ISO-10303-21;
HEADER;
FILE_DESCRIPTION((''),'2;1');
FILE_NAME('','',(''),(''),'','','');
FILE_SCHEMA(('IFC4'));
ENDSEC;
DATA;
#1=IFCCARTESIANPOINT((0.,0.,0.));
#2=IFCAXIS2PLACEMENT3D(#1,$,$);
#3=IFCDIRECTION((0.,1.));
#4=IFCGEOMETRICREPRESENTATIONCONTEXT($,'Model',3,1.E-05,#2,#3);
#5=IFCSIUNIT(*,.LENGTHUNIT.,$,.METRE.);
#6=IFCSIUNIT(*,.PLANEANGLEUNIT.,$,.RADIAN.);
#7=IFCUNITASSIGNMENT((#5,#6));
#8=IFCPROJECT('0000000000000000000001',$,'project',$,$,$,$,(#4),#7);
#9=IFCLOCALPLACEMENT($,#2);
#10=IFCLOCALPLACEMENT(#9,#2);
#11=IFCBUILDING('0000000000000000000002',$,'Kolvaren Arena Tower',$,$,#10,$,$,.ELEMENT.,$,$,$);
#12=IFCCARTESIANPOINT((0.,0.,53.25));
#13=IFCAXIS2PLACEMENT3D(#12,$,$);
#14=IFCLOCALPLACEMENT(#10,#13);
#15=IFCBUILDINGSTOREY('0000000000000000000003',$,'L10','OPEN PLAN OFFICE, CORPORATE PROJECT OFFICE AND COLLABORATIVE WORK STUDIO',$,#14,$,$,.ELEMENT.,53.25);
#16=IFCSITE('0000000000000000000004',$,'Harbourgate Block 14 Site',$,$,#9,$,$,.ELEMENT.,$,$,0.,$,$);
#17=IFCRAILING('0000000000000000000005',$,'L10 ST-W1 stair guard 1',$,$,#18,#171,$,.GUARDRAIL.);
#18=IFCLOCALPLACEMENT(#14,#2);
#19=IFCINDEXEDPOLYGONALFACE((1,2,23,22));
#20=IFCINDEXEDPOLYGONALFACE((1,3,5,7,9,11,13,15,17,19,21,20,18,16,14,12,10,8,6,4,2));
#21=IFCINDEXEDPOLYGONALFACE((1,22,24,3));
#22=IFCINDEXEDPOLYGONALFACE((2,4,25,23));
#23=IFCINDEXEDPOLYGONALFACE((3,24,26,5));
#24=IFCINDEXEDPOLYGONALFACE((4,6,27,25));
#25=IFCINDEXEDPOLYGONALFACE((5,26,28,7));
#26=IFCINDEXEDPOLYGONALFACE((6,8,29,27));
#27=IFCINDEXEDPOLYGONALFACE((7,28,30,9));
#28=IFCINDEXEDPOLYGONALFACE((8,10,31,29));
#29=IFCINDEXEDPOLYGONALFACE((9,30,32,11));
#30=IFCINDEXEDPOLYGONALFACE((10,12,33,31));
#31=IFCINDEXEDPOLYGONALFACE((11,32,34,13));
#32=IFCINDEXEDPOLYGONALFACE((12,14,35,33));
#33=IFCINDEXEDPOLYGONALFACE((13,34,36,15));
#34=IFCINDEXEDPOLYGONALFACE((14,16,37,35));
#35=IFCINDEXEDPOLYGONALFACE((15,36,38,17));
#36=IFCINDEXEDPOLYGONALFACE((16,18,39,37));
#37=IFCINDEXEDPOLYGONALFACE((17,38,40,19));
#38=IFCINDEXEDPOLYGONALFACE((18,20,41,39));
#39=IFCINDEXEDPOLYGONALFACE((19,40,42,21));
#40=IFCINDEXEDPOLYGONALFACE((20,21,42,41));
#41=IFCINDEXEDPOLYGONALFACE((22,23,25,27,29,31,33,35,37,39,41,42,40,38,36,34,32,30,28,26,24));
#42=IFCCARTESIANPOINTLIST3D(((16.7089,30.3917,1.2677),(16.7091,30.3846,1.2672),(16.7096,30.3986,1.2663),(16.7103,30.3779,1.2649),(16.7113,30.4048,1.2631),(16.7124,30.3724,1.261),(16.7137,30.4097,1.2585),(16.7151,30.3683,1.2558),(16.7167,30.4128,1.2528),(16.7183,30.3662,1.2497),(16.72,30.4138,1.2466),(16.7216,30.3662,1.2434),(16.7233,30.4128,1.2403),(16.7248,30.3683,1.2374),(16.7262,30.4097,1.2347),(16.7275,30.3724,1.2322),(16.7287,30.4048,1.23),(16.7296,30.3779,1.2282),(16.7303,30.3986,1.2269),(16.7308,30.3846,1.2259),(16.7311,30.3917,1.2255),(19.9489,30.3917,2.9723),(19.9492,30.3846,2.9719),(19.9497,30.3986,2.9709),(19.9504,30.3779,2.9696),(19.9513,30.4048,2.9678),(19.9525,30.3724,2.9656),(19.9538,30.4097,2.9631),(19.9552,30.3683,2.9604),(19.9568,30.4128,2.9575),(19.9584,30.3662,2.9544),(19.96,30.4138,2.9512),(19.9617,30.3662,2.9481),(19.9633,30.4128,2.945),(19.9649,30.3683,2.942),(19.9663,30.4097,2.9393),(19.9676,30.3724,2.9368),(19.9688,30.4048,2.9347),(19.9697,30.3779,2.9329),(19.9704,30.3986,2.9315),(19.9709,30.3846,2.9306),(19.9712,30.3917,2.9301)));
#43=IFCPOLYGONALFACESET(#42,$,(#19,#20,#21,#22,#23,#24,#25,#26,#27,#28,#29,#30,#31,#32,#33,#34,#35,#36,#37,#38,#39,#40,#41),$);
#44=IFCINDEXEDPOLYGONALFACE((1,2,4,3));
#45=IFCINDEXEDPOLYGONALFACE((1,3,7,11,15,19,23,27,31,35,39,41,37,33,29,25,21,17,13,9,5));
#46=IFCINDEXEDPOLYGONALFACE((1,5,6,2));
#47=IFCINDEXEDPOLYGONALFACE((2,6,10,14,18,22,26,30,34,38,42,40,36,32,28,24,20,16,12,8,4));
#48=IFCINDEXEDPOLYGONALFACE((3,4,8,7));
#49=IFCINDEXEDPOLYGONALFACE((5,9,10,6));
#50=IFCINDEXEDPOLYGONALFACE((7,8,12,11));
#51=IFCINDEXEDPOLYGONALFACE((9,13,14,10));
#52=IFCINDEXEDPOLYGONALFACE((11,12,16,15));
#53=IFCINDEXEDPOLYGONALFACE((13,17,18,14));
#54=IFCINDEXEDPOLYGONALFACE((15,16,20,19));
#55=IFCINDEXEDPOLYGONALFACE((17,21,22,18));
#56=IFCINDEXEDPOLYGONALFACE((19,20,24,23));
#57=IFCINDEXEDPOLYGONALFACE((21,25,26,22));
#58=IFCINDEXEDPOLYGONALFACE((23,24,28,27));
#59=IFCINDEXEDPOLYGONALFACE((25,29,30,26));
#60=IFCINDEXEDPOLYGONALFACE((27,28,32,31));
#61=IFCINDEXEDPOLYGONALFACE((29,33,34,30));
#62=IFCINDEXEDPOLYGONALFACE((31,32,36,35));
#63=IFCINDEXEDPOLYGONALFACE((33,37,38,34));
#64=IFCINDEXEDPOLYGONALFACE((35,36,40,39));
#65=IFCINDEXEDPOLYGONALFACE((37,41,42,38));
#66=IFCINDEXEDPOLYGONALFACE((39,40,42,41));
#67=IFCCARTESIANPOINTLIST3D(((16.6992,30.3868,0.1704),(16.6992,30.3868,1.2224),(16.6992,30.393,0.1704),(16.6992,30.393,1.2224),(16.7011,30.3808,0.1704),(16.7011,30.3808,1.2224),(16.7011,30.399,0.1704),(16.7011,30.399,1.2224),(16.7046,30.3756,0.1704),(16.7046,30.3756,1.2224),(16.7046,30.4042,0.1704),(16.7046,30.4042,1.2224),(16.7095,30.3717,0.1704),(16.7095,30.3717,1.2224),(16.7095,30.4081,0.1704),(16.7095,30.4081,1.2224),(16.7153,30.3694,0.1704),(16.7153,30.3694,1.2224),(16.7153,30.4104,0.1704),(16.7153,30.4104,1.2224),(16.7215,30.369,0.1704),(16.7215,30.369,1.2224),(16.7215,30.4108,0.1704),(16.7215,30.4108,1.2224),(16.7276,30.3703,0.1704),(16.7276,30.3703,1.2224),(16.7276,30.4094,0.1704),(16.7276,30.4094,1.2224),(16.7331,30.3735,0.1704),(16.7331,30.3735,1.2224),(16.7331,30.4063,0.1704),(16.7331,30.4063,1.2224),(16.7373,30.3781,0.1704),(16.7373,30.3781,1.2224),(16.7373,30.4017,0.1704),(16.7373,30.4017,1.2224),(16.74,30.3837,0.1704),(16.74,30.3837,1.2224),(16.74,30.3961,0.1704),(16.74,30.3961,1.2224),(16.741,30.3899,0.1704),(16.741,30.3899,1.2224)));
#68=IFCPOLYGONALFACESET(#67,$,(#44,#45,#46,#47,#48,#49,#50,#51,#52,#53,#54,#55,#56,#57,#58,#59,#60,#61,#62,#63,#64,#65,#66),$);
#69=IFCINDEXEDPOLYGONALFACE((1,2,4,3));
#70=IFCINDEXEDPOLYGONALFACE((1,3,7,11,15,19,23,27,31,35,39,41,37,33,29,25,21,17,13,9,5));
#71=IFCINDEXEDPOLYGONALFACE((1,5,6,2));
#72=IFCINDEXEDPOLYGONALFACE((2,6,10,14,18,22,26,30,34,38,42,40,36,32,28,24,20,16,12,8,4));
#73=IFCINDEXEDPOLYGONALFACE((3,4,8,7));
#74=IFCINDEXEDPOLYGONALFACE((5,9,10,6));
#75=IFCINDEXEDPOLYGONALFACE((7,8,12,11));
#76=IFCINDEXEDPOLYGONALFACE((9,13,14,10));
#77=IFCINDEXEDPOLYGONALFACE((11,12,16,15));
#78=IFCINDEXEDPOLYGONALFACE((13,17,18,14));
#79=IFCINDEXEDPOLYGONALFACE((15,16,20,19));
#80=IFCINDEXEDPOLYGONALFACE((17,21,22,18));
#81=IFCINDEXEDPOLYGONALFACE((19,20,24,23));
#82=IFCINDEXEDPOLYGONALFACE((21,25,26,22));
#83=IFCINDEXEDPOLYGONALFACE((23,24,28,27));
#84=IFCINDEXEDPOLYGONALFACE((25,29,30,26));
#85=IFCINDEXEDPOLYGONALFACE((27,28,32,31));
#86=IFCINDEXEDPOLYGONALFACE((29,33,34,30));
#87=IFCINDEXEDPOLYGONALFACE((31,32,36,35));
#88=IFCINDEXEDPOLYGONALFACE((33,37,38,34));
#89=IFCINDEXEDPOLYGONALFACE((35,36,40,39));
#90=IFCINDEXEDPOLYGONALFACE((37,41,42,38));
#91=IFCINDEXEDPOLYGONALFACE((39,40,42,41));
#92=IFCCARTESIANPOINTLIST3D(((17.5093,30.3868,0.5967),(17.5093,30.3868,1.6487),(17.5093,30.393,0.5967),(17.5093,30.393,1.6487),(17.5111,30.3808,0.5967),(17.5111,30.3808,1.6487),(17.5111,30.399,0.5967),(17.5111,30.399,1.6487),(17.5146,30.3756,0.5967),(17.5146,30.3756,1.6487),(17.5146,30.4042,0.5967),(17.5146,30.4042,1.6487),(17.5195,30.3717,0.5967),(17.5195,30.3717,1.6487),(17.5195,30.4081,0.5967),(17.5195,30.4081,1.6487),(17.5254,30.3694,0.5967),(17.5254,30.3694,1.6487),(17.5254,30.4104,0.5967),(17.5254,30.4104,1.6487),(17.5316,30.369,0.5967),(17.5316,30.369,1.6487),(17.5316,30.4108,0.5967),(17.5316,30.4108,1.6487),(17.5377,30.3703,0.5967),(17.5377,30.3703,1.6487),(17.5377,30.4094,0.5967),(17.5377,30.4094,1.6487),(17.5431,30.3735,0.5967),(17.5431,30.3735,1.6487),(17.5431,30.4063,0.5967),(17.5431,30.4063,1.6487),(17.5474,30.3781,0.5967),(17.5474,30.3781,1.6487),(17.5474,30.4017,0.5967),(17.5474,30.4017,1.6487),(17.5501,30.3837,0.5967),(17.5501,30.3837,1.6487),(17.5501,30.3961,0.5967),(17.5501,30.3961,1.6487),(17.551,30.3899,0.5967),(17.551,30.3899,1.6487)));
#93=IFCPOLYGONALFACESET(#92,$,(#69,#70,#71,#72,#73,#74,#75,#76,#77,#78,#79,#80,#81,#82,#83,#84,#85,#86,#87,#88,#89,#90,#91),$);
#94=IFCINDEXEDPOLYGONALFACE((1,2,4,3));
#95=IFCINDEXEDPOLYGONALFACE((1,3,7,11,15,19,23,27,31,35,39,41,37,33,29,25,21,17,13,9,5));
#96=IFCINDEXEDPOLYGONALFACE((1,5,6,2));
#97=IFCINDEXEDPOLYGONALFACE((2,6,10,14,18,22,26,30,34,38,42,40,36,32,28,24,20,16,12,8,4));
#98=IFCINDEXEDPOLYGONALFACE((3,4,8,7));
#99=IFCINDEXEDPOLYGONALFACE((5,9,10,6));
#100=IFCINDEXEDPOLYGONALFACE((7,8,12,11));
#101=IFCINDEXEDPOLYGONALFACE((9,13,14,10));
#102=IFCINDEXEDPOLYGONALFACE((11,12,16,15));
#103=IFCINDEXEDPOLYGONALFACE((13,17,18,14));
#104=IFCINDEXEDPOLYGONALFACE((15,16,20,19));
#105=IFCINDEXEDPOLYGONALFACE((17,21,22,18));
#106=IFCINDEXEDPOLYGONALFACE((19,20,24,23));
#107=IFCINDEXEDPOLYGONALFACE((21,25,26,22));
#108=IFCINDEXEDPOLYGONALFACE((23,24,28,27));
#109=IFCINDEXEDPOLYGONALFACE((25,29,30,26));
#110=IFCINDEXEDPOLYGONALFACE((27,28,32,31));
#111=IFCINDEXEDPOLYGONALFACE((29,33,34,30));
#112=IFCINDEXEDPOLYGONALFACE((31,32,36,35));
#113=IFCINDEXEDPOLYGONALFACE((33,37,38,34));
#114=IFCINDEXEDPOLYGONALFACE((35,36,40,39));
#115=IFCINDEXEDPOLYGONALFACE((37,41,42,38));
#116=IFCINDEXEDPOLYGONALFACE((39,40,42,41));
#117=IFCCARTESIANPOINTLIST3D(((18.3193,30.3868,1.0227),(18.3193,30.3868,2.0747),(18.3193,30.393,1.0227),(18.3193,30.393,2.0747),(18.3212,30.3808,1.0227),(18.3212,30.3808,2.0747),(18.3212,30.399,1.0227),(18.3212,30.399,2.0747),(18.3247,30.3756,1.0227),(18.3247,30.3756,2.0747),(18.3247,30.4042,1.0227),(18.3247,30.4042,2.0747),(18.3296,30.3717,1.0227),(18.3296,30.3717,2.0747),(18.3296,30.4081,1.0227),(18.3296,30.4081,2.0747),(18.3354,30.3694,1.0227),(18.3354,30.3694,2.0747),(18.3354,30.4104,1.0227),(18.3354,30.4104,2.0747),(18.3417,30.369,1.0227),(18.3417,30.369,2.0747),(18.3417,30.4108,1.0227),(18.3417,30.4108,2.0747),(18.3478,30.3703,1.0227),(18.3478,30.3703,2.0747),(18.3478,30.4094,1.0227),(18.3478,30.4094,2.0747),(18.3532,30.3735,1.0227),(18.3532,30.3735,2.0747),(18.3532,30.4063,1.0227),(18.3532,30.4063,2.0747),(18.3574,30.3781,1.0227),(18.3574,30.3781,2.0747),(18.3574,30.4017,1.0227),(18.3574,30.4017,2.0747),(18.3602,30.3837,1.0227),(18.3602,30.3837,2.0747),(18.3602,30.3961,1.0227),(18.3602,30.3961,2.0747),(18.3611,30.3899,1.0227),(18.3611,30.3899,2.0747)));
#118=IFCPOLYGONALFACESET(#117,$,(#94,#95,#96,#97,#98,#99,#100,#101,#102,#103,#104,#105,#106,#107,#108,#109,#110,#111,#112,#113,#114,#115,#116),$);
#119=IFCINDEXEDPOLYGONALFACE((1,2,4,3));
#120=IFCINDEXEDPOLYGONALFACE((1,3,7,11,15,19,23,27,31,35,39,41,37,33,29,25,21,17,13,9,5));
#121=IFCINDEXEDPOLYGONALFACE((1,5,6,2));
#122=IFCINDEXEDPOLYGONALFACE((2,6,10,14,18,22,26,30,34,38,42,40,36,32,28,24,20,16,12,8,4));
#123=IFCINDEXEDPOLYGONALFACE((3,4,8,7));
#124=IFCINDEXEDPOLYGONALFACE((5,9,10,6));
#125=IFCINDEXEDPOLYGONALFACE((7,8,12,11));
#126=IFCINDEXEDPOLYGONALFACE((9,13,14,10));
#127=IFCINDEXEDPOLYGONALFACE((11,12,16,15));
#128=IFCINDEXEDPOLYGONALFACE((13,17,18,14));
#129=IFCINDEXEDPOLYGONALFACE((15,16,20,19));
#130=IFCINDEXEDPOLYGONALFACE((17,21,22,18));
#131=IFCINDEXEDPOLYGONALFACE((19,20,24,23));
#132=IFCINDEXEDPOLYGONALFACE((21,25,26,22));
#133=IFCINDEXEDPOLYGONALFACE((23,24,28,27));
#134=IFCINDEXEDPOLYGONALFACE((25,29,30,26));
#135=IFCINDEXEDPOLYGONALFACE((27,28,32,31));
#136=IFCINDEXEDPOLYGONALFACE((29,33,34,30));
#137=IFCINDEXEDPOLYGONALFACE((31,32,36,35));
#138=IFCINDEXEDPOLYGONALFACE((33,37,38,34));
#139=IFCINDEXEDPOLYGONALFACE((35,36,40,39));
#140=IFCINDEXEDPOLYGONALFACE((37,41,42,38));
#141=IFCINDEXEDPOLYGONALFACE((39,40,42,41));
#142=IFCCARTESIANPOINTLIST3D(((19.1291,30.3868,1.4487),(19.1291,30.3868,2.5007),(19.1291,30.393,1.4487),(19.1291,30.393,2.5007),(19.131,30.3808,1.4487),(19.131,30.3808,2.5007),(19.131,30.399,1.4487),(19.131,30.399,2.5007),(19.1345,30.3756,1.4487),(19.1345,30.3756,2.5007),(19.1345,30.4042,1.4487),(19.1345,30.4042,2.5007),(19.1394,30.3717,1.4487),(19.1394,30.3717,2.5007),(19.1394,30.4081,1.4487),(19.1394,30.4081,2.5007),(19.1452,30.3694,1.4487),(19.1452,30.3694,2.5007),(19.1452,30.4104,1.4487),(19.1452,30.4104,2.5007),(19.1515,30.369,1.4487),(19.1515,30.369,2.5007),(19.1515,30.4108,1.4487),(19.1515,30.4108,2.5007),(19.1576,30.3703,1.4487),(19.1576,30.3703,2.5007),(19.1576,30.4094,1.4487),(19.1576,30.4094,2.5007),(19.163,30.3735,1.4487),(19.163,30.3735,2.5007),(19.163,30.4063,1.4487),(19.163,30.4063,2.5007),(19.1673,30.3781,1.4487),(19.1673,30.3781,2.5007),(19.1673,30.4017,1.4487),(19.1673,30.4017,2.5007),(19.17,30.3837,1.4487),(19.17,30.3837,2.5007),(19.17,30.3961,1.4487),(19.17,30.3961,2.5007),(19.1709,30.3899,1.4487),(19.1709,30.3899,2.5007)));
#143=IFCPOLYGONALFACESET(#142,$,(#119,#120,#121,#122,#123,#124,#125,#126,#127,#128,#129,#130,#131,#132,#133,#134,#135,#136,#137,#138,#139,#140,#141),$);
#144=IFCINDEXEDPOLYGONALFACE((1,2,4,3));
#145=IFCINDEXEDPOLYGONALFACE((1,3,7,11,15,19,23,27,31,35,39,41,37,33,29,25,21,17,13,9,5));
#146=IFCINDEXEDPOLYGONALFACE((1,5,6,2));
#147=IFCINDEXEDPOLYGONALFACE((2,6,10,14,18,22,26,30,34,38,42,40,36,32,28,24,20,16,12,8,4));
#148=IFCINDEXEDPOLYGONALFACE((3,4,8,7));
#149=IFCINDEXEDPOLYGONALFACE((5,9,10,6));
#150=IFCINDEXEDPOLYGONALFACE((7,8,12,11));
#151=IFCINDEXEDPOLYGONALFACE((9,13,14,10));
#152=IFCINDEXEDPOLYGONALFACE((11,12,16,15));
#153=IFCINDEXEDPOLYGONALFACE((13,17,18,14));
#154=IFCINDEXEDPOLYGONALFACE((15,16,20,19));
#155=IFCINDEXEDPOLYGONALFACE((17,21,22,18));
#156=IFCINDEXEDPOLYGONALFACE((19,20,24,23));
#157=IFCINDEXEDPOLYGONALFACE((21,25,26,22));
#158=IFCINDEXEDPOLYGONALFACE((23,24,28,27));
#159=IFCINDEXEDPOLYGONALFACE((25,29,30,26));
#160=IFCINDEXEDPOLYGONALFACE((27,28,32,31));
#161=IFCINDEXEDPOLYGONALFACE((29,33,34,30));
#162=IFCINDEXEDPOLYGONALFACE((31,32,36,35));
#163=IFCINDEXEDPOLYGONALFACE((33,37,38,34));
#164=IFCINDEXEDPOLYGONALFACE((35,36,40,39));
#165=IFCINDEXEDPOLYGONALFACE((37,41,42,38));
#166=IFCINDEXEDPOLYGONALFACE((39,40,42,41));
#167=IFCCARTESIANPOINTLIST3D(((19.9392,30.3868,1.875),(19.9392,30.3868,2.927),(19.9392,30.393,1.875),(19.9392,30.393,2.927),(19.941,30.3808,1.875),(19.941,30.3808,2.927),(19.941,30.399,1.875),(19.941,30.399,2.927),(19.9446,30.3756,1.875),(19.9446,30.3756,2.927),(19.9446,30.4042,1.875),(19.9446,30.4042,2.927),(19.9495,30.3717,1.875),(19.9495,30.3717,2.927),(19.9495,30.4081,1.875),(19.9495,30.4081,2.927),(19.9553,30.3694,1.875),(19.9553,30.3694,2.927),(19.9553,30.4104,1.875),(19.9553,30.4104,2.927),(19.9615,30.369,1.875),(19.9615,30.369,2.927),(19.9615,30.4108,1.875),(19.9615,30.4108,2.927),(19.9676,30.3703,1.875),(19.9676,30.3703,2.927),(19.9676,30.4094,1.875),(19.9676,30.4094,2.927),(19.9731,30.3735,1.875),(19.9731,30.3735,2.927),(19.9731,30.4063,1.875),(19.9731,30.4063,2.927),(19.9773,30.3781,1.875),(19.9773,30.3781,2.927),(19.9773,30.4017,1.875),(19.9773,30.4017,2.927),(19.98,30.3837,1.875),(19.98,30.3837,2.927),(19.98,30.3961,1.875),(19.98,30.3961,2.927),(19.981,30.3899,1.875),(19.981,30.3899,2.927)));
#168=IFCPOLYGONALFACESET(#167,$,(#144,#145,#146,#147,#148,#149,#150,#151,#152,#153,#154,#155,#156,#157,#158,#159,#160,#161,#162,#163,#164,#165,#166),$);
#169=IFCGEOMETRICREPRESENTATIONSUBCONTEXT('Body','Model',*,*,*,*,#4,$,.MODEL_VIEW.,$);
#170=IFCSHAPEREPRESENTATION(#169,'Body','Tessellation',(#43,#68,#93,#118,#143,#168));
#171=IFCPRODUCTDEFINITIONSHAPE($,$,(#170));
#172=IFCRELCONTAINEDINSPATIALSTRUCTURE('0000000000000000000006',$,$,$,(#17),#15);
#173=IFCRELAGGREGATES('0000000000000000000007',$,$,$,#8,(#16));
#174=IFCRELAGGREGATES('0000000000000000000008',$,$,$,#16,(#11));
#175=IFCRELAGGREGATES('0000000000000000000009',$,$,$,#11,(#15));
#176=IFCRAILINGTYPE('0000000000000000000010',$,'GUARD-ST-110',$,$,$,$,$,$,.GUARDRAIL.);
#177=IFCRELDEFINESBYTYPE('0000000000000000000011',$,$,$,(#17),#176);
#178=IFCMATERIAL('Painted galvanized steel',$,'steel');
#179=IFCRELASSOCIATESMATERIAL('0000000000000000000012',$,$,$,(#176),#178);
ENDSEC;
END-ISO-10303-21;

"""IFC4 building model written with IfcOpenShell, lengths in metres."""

from ifc_helpers import new_model, si_unit, direction, frame, origin, origin_2d, place, context, subcontext, project, spatial, circle, extrude, material, type_object, element, save


model = new_model("IFC4")

# Units and contexts
model_context = context("Model", 3, precision=1e-05, world=origin(), true_north=direction((0.0, 1.0)))
body_context = subcontext(model_context, "Body", "Model", "MODEL_VIEW")
ifc_project = project(units=[si_unit("LENGTHUNIT", "METRE"), si_unit("PLANEANGLEUNIT", "RADIAN")], contexts=[model_context])

# Site, building, storey
site_placement = place(None, origin())
site = spatial("IfcSite", under=ifc_project, at=site_placement, Name="Harbourgate Block 14 Site", CompositionType="ELEMENT", RefElevation=0.0)
building_placement = place(site_placement, origin())
building = spatial("IfcBuilding", under=site, at=building_placement, Name="Kolvaren Arena Tower", CompositionType="ELEMENT")
storey_placement = place(building_placement, frame((0.0, 0.0, 53.25)))
storey = spatial("IfcBuildingStorey", under=building, at=storey_placement, Name="L10", Description="OPEN PLAN OFFICE, CORPORATE PROJECT OFFICE AND COLLABORATIVE WORK STUDIO", CompositionType="ELEMENT", Elevation=53.25)

# Railing
ifc_material_1 = material(Name="Painted galvanized steel", Category="steel")
railing_type = type_object("IfcRailingType", Name="GUARD-ST-110", PredefinedType="GUARDRAIL", material=ifc_material_1)
railing_1_placement = place(storey_placement, frame((16.72, 30.3899, 0.1704)))
element("IfcRailing", 1, at=railing_1_placement, inside=storey, type_object=railing_type, Name="L10 ST-W1 stair guard 1", PredefinedType="GUARDRAIL", context=body_context, shape_type="SweptSolid", body=[
    extrude(circle(Radius=0.0239, at=origin_2d()), frame((0.0, 0.0, 1.0762), z_axis=(0.884993, 0.0, 0.465604), x_axis=(0.0, 1.0, 0.0)), (0.0, 0.0, 1.0), 3.6611),
    extrude(circle(Radius=0.021, at=origin_2d()), origin(), (0.0, 0.0, 1.0), 1.052),
    extrude(circle(Radius=0.021, at=origin_2d()), frame((0.8101, 0.0, 0.4263)), (0.0, 0.0, 1.0), 1.052),
    extrude(circle(Radius=0.021, at=origin_2d()), frame((1.6201, 0.0, 0.8523)), (0.0, 0.0, 1.0), 1.052),
    extrude(circle(Radius=0.021, at=origin_2d()), frame((2.4299, 0.0, 1.2783)), (0.0, 0.0, 1.0), 1.052),
    extrude(circle(Radius=0.021, at=origin_2d()), frame((3.24, 0.0, 1.7046)), (0.0, 0.0, 1.0), 1.052),
])

save(model, "model.ifc")
